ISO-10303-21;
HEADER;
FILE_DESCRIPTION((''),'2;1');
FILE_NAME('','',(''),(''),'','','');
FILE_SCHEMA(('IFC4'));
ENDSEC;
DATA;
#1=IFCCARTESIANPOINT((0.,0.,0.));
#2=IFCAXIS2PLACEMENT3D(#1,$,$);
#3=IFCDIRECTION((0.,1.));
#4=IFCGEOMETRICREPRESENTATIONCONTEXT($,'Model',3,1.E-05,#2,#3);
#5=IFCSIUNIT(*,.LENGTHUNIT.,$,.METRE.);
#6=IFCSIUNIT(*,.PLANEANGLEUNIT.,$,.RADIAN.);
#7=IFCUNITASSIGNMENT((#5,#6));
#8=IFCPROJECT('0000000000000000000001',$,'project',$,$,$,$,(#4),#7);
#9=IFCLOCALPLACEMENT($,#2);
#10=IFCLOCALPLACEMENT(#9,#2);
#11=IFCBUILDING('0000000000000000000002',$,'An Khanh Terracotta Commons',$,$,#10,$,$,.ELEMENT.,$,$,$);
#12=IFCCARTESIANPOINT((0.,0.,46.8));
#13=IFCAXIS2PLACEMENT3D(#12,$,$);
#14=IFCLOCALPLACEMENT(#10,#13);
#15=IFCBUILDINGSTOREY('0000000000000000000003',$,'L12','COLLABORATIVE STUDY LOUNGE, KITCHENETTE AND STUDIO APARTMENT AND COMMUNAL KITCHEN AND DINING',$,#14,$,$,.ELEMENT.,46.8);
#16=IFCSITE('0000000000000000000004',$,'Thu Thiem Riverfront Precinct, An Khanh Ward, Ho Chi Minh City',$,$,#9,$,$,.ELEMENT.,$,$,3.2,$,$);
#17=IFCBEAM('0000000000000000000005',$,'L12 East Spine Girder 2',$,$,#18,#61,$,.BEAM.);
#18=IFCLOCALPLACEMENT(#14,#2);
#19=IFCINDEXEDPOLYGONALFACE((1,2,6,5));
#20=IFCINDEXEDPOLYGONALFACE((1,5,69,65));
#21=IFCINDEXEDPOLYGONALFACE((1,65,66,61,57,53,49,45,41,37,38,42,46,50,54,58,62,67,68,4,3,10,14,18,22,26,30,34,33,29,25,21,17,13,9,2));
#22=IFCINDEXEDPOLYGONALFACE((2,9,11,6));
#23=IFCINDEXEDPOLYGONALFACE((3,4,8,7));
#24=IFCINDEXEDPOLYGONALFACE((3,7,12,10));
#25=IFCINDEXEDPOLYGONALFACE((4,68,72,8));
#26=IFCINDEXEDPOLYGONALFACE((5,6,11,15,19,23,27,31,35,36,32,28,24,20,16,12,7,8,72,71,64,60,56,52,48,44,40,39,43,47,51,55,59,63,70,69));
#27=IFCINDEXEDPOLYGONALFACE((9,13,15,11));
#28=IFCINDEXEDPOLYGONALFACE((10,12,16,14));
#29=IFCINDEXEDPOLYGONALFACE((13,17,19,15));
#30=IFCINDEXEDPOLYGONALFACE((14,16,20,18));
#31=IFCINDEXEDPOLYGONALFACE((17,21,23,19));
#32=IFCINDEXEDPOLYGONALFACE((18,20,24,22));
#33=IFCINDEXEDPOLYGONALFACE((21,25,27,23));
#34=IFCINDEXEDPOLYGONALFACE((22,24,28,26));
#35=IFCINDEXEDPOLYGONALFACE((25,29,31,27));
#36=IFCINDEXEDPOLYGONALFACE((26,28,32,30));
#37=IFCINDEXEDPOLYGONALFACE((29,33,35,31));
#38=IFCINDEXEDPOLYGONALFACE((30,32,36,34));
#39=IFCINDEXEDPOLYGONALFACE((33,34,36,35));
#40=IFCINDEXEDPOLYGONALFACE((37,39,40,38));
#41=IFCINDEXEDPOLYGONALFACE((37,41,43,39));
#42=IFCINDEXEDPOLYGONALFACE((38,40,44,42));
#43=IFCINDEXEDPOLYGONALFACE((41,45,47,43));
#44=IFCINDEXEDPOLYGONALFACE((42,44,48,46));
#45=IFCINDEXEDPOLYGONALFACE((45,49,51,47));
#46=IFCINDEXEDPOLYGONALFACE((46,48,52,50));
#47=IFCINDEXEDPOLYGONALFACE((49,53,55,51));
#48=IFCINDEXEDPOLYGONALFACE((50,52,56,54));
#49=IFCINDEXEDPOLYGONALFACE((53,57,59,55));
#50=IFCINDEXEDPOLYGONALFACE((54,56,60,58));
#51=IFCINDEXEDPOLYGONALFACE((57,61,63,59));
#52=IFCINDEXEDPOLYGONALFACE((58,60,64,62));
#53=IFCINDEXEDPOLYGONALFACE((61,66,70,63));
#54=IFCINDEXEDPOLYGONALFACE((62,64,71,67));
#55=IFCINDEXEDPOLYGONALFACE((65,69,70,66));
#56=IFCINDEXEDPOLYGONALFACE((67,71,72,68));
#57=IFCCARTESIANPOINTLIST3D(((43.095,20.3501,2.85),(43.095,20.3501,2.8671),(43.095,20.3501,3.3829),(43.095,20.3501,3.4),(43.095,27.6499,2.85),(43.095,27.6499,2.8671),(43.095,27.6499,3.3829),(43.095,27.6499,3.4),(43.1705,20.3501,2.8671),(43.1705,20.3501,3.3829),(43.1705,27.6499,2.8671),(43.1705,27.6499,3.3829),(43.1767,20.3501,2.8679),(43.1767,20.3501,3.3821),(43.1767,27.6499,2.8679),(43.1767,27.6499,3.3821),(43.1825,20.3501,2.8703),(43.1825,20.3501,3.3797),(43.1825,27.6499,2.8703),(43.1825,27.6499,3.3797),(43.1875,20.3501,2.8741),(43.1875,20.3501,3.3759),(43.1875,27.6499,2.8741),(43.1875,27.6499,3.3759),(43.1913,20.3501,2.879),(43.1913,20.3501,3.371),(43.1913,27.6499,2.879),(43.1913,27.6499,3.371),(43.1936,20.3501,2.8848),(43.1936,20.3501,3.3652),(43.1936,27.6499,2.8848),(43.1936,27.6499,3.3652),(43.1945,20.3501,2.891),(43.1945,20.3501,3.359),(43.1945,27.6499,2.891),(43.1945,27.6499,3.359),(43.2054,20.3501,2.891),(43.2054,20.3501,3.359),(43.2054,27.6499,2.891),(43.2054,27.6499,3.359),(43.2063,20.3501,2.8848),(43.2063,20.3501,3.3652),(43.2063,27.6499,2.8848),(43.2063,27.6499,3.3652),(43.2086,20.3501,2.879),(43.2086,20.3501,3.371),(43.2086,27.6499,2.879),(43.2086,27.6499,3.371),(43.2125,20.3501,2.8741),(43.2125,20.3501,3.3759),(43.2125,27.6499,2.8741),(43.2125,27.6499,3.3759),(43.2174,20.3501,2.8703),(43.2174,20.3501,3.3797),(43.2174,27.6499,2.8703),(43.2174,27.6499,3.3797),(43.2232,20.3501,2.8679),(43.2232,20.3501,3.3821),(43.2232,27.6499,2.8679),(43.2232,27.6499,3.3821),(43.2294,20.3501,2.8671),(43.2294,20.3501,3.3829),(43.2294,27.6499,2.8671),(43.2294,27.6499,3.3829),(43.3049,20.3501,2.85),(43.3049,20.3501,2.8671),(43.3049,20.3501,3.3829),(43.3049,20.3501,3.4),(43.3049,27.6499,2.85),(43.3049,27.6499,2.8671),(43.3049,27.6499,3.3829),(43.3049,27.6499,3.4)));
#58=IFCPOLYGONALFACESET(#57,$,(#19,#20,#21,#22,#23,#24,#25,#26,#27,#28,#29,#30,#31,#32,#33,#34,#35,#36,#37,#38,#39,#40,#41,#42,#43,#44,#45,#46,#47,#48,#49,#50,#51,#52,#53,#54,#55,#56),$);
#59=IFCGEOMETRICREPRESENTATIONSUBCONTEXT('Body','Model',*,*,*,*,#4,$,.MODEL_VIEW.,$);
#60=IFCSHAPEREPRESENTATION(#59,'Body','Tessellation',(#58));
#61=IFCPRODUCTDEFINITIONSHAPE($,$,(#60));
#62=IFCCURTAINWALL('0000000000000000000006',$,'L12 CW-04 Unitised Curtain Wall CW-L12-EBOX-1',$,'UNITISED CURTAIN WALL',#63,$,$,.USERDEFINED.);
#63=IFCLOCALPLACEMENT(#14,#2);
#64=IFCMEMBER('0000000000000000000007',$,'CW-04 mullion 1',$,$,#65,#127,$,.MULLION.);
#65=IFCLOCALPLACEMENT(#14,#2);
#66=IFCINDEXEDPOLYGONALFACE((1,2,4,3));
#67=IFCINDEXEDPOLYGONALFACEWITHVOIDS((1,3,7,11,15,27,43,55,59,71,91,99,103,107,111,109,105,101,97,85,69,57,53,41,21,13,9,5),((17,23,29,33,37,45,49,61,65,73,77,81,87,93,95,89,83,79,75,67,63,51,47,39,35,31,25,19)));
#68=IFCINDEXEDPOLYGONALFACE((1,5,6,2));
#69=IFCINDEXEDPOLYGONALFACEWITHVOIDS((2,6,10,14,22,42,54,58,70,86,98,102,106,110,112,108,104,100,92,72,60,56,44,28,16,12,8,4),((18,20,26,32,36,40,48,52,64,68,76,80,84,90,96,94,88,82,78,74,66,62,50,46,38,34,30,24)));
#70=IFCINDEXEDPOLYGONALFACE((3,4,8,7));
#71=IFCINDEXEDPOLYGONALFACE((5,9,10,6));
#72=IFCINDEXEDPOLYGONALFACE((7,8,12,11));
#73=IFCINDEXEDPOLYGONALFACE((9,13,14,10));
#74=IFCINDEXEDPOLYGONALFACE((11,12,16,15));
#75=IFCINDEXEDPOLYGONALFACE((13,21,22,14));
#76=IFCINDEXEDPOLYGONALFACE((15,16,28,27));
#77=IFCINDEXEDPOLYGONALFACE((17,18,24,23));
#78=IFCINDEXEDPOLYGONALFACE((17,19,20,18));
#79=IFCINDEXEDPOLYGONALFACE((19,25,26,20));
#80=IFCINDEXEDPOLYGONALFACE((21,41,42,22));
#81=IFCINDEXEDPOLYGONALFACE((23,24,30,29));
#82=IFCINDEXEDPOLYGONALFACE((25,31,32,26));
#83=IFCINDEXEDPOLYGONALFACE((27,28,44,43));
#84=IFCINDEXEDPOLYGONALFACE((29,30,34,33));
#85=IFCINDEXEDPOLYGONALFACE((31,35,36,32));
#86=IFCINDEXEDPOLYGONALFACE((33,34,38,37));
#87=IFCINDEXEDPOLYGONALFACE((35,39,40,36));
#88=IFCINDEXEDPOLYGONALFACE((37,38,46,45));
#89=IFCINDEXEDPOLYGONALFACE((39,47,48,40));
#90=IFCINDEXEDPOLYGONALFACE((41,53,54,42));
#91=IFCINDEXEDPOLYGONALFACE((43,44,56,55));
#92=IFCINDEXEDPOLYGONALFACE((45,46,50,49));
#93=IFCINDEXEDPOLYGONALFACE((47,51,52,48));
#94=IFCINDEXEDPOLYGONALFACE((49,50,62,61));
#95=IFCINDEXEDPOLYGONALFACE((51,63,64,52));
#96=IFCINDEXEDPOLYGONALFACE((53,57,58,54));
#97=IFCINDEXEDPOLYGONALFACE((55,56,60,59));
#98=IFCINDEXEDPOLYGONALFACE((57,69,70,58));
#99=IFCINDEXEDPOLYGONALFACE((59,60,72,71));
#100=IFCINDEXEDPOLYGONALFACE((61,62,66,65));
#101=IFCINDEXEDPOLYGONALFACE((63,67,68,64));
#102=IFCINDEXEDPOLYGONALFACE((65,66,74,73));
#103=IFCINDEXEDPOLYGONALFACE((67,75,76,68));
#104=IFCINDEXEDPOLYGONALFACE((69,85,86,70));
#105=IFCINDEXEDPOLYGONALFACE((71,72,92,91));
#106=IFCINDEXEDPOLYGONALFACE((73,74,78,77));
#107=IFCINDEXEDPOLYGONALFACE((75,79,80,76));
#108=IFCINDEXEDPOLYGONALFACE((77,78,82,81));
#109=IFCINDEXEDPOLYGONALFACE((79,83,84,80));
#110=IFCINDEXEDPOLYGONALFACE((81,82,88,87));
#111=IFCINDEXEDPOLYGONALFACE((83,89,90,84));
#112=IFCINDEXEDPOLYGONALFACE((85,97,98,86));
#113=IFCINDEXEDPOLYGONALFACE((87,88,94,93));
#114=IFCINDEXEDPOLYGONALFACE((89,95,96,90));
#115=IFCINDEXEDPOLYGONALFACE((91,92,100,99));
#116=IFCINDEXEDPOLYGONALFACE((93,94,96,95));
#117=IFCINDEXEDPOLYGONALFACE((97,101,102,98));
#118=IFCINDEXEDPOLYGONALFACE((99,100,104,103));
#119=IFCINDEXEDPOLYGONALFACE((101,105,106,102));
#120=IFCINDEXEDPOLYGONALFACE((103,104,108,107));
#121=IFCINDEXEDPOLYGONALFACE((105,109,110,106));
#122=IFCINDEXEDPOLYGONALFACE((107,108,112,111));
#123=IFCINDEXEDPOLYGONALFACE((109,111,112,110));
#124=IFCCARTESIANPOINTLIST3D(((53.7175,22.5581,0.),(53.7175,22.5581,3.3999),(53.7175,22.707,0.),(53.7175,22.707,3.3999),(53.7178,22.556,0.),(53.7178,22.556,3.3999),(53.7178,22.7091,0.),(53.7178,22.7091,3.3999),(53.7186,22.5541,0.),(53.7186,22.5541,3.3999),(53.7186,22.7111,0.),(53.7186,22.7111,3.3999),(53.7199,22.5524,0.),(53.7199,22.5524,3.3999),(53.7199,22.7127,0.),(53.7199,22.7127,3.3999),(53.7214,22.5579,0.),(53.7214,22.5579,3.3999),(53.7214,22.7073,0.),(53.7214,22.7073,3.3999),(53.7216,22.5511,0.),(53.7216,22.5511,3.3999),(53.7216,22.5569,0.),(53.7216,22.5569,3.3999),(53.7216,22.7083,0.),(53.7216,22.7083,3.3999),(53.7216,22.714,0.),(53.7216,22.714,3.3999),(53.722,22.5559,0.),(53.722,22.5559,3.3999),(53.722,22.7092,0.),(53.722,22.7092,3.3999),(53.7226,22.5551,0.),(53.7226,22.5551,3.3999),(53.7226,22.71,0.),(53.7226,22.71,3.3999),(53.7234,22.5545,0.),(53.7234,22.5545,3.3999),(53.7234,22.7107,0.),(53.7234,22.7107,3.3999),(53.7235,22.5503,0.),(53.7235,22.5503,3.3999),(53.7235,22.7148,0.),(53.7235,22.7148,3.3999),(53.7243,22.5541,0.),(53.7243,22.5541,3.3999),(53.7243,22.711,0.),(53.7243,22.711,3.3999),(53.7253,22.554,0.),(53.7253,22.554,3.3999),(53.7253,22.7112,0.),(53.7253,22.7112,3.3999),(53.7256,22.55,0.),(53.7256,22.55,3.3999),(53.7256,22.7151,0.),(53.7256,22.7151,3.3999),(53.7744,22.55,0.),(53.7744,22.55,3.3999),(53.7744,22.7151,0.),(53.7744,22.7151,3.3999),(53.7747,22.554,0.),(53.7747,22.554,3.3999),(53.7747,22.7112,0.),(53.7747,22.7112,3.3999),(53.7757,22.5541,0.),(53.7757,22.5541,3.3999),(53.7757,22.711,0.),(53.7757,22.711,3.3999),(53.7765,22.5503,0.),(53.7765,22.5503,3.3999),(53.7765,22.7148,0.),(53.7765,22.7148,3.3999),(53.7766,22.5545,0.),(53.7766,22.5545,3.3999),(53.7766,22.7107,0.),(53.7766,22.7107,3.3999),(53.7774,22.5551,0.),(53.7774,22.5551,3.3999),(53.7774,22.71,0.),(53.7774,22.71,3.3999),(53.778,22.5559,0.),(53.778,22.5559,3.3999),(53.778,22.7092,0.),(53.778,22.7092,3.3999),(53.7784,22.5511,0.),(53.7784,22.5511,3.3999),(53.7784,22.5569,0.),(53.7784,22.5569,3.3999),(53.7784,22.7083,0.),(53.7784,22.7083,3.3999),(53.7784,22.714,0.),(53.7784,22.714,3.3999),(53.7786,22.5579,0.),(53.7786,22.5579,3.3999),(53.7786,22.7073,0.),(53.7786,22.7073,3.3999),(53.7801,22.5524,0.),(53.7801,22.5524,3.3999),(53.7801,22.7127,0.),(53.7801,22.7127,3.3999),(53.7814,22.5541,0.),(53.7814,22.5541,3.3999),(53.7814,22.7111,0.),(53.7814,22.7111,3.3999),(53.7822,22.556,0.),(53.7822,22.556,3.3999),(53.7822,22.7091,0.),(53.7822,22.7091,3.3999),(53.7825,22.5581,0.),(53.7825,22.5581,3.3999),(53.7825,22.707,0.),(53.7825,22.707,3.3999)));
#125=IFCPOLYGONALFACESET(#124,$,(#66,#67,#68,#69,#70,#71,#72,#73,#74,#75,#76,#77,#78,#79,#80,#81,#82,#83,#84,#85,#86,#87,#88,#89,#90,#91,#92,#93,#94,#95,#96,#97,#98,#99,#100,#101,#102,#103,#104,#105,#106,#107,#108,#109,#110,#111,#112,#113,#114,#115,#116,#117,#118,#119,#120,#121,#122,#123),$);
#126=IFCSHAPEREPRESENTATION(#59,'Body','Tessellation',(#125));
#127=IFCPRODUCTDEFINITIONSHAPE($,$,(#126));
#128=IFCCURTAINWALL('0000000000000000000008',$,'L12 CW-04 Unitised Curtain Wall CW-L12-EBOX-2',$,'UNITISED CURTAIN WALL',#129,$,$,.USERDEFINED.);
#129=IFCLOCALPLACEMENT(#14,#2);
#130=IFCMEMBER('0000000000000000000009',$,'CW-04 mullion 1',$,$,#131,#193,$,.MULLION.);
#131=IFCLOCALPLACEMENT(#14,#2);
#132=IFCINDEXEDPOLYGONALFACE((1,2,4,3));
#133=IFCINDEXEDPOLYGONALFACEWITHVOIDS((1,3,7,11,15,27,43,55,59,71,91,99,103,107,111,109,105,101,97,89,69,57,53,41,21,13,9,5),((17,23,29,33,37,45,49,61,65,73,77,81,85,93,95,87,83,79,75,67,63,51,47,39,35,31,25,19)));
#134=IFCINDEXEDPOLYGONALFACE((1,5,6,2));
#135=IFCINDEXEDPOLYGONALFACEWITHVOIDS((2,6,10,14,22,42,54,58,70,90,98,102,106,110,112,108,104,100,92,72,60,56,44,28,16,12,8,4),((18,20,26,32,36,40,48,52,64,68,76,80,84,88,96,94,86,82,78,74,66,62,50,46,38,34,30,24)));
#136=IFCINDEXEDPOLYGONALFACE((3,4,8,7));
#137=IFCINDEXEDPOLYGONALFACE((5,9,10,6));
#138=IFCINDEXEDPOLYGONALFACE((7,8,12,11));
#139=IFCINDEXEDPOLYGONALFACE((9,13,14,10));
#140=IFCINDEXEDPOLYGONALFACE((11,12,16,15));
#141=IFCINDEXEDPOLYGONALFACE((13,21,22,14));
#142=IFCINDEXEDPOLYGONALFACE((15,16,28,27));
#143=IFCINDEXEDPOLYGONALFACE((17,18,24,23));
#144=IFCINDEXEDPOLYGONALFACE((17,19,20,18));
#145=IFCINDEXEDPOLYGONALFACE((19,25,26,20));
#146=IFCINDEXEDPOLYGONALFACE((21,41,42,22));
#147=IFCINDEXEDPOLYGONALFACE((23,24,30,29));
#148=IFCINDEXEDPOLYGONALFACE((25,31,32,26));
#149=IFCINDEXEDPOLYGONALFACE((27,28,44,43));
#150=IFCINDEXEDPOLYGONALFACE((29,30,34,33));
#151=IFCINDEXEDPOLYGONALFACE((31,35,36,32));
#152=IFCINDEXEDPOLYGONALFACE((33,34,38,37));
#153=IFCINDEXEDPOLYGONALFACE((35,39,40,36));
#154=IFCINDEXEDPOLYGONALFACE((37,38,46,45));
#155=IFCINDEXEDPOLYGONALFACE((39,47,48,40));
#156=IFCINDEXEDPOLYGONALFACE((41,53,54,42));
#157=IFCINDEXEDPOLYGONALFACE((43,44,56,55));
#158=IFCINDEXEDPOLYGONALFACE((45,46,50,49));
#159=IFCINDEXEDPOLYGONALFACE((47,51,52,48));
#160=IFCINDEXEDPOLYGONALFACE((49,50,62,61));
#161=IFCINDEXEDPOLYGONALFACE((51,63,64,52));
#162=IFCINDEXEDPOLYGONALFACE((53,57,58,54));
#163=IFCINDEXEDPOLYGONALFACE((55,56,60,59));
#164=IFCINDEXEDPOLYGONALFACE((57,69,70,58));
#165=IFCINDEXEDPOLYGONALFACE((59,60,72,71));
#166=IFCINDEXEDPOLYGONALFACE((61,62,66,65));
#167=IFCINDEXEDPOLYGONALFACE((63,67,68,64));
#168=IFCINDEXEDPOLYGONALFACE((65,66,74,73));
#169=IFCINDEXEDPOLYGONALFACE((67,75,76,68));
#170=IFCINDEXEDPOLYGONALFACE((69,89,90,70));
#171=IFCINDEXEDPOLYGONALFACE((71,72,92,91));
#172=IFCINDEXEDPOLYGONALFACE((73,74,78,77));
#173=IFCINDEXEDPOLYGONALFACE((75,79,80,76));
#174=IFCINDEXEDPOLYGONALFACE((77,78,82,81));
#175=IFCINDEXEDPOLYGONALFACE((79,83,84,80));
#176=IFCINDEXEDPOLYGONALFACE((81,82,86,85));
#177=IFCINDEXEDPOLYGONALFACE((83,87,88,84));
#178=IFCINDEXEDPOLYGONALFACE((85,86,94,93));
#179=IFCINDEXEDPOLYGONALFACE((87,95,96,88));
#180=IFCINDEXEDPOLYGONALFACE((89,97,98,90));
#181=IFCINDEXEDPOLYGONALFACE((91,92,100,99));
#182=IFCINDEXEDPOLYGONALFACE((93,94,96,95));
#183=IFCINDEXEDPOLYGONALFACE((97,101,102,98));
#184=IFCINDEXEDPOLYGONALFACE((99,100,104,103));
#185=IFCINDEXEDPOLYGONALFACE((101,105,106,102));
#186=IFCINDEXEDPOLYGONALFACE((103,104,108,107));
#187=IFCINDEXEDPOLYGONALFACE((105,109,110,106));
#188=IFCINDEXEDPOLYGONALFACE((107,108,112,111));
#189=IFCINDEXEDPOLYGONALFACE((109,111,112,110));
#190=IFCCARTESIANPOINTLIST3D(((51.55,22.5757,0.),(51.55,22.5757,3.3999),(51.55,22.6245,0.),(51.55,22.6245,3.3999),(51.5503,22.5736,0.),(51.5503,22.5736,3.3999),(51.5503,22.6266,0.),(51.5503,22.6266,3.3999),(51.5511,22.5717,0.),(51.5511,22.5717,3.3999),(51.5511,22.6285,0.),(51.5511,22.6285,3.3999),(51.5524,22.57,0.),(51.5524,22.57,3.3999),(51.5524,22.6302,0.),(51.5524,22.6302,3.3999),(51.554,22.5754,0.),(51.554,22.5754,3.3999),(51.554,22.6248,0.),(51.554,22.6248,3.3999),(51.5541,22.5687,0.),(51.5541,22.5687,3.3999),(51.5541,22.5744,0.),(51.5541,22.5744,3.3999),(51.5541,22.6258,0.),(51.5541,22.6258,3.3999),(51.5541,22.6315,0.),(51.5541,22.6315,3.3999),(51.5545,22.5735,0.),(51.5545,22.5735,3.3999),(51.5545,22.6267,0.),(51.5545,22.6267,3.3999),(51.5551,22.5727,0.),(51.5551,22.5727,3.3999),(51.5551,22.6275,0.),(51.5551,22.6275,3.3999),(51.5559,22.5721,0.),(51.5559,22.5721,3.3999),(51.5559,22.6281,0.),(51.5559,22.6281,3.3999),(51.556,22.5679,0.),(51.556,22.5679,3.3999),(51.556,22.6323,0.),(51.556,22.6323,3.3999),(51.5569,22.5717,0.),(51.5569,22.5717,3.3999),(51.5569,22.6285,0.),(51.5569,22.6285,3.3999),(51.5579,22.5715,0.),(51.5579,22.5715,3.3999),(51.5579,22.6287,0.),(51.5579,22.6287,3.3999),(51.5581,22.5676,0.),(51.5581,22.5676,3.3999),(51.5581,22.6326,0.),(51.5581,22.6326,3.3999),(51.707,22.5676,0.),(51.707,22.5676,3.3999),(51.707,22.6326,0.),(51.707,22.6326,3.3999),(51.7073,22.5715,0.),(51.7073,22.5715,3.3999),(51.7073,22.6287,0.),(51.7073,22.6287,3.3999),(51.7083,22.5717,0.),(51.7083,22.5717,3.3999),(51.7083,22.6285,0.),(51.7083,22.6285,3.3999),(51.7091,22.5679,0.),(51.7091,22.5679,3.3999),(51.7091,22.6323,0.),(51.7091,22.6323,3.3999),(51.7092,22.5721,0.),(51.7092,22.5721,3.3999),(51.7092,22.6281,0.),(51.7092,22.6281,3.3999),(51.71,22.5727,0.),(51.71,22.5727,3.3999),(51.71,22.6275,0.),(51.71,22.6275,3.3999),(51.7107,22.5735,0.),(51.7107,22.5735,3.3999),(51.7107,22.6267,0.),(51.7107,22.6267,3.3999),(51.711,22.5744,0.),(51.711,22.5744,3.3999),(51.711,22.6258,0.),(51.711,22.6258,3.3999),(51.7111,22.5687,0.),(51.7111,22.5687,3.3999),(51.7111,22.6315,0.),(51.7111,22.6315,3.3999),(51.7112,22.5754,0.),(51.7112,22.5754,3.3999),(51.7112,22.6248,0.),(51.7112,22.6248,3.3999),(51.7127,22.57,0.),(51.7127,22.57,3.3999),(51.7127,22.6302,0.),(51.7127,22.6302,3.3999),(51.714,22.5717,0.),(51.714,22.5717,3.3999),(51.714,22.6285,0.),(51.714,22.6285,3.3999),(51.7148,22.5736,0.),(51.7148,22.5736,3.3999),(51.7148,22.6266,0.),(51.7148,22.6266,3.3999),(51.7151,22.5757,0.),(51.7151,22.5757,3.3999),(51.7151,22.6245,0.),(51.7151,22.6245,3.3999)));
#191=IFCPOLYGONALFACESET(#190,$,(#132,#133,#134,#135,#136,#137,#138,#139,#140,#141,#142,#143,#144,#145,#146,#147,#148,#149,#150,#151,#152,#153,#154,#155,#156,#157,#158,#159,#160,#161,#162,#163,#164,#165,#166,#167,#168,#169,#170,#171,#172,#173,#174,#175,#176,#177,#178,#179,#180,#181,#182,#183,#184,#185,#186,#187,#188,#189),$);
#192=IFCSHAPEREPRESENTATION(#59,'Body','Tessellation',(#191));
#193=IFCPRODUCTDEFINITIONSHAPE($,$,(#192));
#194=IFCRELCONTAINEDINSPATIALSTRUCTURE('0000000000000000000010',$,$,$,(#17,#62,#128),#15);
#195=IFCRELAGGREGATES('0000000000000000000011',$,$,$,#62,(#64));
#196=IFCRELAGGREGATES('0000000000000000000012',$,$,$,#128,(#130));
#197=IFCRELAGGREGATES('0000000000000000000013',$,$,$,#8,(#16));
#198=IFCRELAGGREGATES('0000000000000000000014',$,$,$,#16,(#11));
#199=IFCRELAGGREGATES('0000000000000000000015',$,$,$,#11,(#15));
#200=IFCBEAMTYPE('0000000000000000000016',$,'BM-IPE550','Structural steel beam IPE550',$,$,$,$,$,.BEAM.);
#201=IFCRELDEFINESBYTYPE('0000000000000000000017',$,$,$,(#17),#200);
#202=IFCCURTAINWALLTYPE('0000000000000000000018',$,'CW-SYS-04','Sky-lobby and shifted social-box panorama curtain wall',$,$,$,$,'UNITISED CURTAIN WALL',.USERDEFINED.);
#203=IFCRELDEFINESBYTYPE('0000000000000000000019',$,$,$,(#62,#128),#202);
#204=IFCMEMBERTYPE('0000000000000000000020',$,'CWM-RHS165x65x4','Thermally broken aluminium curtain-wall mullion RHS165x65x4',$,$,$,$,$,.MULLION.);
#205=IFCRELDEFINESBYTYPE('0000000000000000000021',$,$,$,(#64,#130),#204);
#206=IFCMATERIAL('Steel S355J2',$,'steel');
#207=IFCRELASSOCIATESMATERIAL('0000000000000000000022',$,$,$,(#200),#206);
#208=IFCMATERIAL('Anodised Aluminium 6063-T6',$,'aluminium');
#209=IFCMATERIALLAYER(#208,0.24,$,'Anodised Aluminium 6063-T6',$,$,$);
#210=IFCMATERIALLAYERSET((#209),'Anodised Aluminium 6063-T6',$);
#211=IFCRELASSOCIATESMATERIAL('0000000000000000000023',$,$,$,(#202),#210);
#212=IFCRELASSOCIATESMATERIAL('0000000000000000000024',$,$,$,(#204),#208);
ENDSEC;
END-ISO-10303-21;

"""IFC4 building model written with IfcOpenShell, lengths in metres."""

from ifc_helpers import new_model, si_unit, direction, frame, origin, origin_2d, place, context, subcontext, project, spatial, hollow_rectangle, i_section, extrude, material, layer, layer_set, material_profile, profile_set, type_object, element, aggregate, save


model = new_model("IFC4")

# Units and contexts
model_context = context("Model", 3, precision=1e-05, world=origin(), true_north=direction((0.0, 1.0)))
body_context = subcontext(model_context, "Body", "Model", "MODEL_VIEW")
ifc_project = project(units=[si_unit("LENGTHUNIT", "METRE"), si_unit("PLANEANGLEUNIT", "RADIAN")], contexts=[model_context])

# Site, building, storey
site_placement = place(None, origin())
site = spatial("IfcSite", under=ifc_project, at=site_placement, Name="Thu Thiem Riverfront Precinct, An Khanh Ward, Ho Chi Minh City", CompositionType="ELEMENT", RefElevation=3.2)
building_placement = place(site_placement, origin())
building = spatial("IfcBuilding", under=site, at=building_placement, Name="An Khanh Terracotta Commons", CompositionType="ELEMENT")
storey_placement = place(building_placement, frame((0.0, 0.0, 46.8)))
storey = spatial("IfcBuildingStorey", under=building, at=storey_placement, Name="L12", Description="COLLABORATIVE STUDY LOUNGE, KITCHENETTE AND STUDIO APARTMENT AND COMMUNAL KITCHEN AND DINING", CompositionType="ELEMENT", Elevation=46.8)

# Beam
ifc_material_1 = material(Name="Steel S355J2", Category="steel")
ifc_material_profile_1 = material_profile(ifc_material_1, i_section(OverallWidth=0.21, OverallDepth=0.55, WebThickness=0.011, FlangeThickness=0.0171, FilletRadius=0.0239, at=origin_2d()), Name="IPE550")
ifc_profile_set_1 = profile_set([ifc_material_profile_1], Name="Steel S355J2")
beam_type_1 = type_object("IfcBeamType", Name="BM-IPE550", Description="Structural steel beam IPE550", PredefinedType="BEAM", material=ifc_profile_set_1)
beam_1_placement = place(storey_placement, frame((43.2, 20.3501, 3.125), z_axis=(0.0, 1.0, 0.0), x_axis=(-1.0, 0.0, 0.0)))
element("IfcBeam", 1, at=beam_1_placement, inside=storey, type_object=beam_type_1, Name="L12 East Spine Girder 2", PredefinedType="BEAM", context=body_context, shape_type="SweptSolid", body=[
    extrude(i_section(OverallWidth=0.21, OverallDepth=0.55, WebThickness=0.011, FlangeThickness=0.0171, FilletRadius=0.0239, at=origin_2d()), origin(), (0.0, 0.0, 1.0), 7.2998),
])

# Curtain wall, member
ifc_material_2 = material(Name="Anodised Aluminium 6063-T6", Category="aluminium")
ifc_layer_1 = layer(ifc_material_2, 0.24, Name="Anodised Aluminium 6063-T6")
ifc_layer_set_1 = layer_set([ifc_layer_1], Name="Anodised Aluminium 6063-T6")
curtain_wall_type = type_object("IfcCurtainWallType", Name="CW-SYS-04", Description="Sky-lobby and shifted social-box panorama curtain wall", ElementType="UNITISED CURTAIN WALL", PredefinedType="USERDEFINED", material=ifc_layer_set_1)
curtain_wall_1_placement = place(storey_placement, origin())
curtain_wall_1 = element("IfcCurtainWall", 2, at=curtain_wall_1_placement, inside=storey, type_object=curtain_wall_type, Name="L12 CW-04 Unitised Curtain Wall CW-L12-EBOX-1", ObjectType="UNITISED CURTAIN WALL", PredefinedType="USERDEFINED")
ifc_material_profile_2 = material_profile(ifc_material_2, hollow_rectangle(XDim=0.0649, YDim=0.165, WallThickness=0.0039, InnerFilletRadius=0.0039, OuterFilletRadius=0.0081, at=origin_2d()), Name="RHS165x65x4")
ifc_profile_set_2 = profile_set([ifc_material_profile_2], Name="Anodised Aluminium 6063-T6")
member_type_1 = type_object("IfcMemberType", Name="CWM-RHS165x65x4", Description="Thermally broken aluminium curtain-wall mullion RHS165x65x4", PredefinedType="MULLION", material=ifc_profile_set_2)
member_1_placement = place(storey_placement, frame((53.75, 22.6326, 0.0), z_axis=(0.0, 0.0, 1.0), x_axis=(-1.0, 0.0, 0.0)))
member_1 = element("IfcMember", 3, at=member_1_placement, type_object=member_type_1, Name="CW-04 mullion 1", PredefinedType="MULLION", context=body_context, shape_type="SweptSolid", body=[
    extrude(hollow_rectangle(XDim=0.0649, YDim=0.165, WallThickness=0.0039, InnerFilletRadius=0.0039, OuterFilletRadius=0.0081, at=origin_2d()), origin(), (0.0, 0.0, 1.0), 3.3999),
])

# Curtain wall, member
curtain_wall_2_placement = place(storey_placement, origin())
curtain_wall_2 = element("IfcCurtainWall", 4, at=curtain_wall_2_placement, inside=storey, type_object=curtain_wall_type, Name="L12 CW-04 Unitised Curtain Wall CW-L12-EBOX-2", ObjectType="UNITISED CURTAIN WALL", PredefinedType="USERDEFINED")
member_2_placement = place(storey_placement, frame((51.6326, 22.6001, 0.0), z_axis=(0.0, 0.0, 1.0), x_axis=(0.0, 1.0, 0.0)))
member_2 = element("IfcMember", 5, at=member_2_placement, type_object=member_type_1, Name="CW-04 mullion 1", PredefinedType="MULLION", context=body_context, shape_type="SweptSolid", body=[
    extrude(hollow_rectangle(XDim=0.0649, YDim=0.165, WallThickness=0.0039, InnerFilletRadius=0.0039, OuterFilletRadius=0.0081, at=origin_2d()), origin(), (0.0, 0.0, 1.0), 3.3999),
])

aggregate(curtain_wall_1, [member_1])

aggregate(curtain_wall_2, [member_2])

save(model, "model.ifc")
